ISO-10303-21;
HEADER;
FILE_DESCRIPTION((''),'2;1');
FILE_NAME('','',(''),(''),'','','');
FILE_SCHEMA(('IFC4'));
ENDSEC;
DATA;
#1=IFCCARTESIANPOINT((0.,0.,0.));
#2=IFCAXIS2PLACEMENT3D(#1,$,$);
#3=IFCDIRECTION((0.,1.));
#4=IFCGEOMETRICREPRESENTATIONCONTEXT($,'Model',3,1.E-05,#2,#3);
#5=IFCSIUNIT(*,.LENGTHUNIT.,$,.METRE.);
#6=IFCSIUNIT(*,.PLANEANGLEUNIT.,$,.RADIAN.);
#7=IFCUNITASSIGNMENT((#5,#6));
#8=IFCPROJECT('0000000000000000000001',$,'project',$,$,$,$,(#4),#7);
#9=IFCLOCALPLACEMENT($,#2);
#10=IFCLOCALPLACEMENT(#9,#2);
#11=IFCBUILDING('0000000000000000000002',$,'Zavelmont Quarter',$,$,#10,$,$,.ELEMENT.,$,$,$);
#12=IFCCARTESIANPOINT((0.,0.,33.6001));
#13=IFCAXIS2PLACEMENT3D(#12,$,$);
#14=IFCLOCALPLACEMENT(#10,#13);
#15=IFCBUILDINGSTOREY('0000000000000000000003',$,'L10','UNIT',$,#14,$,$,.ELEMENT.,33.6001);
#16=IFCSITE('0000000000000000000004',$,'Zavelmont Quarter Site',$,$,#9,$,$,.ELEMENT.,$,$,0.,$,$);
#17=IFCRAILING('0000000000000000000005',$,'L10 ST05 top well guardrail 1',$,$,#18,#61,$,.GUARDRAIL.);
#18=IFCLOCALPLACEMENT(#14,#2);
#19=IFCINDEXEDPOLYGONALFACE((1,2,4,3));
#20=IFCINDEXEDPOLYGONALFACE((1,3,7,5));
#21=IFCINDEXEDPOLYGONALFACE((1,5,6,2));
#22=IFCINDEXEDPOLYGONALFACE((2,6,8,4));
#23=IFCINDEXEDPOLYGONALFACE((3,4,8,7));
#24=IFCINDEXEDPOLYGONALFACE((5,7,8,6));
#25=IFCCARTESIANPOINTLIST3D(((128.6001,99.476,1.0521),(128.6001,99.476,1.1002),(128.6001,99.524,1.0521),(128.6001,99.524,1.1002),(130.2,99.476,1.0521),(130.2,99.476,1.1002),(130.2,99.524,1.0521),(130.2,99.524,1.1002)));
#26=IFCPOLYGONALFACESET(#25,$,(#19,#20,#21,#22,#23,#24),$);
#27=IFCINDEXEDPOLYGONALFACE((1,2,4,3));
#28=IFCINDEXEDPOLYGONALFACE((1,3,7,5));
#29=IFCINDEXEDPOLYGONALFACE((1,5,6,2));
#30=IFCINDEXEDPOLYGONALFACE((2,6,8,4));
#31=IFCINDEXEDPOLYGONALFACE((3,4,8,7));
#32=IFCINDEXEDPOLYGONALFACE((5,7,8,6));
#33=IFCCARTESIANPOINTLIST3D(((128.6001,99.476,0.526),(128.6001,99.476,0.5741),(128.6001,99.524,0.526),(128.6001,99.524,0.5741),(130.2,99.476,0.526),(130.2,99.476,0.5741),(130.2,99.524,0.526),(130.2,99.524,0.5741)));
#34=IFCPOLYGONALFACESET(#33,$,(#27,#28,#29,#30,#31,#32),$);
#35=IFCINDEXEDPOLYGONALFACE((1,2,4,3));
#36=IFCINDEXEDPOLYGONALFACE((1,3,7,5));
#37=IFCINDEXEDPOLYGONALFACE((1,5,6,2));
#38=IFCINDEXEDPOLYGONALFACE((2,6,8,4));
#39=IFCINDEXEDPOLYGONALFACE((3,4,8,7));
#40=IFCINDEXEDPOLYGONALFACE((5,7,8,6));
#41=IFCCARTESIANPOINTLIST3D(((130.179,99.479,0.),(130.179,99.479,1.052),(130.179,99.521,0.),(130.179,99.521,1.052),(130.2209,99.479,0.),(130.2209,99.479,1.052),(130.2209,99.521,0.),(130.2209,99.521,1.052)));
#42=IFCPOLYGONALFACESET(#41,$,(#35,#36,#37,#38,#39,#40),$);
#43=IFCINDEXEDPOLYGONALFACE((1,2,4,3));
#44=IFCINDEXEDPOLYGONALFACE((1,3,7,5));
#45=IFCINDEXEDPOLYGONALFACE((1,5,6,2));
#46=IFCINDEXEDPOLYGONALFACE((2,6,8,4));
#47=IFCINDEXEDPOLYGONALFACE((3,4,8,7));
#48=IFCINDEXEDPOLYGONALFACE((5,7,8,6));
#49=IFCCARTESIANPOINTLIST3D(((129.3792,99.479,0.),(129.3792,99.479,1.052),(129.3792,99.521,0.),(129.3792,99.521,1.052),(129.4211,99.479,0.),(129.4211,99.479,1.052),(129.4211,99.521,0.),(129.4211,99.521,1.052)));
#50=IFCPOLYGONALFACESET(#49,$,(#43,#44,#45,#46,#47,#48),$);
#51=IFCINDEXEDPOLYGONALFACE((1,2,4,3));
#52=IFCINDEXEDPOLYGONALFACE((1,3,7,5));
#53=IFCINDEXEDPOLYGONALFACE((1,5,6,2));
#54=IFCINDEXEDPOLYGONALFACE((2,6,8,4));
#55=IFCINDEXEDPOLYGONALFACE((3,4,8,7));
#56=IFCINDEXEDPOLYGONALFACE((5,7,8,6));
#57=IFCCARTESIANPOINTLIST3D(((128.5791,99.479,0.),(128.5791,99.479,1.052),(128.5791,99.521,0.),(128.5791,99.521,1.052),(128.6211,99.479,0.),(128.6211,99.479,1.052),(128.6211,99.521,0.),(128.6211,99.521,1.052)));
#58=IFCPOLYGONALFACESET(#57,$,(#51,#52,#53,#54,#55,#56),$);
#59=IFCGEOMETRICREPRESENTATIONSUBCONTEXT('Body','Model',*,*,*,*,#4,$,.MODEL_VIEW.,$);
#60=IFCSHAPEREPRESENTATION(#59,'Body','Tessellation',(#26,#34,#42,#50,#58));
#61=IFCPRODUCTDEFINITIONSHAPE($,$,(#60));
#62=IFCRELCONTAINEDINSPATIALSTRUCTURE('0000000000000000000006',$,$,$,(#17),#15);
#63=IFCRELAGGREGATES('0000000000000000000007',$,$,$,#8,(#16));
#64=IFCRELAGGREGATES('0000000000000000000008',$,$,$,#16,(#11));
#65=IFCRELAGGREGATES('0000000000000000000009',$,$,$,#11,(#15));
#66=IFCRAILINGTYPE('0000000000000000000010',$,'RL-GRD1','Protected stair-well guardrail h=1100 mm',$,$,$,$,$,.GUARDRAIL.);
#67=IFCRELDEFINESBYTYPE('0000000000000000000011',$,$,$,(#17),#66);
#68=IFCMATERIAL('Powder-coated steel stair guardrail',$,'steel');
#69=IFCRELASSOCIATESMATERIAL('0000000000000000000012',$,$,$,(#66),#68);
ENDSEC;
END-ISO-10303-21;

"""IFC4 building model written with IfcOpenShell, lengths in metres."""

from ifc_helpers import new_model, si_unit, direction, frame, origin, origin_2d, place, context, subcontext, project, spatial, rectangle, extrude, material, type_object, element, save


model = new_model("IFC4")

# Units and contexts
model_context = context("Model", 3, precision=1e-05, world=origin(), true_north=direction((0.0, 1.0)))
body_context = subcontext(model_context, "Body", "Model", "MODEL_VIEW")
ifc_project = project(units=[si_unit("LENGTHUNIT", "METRE"), si_unit("PLANEANGLEUNIT", "RADIAN")], contexts=[model_context])

# Site, building, storey
site_placement = place(None, origin())
site = spatial("IfcSite", under=ifc_project, at=site_placement, Name="Zavelmont Quarter Site", CompositionType="ELEMENT", RefElevation=0.0)
building_placement = place(site_placement, origin())
building = spatial("IfcBuilding", under=site, at=building_placement, Name="Zavelmont Quarter", CompositionType="ELEMENT")
storey_placement = place(building_placement, frame((0.0, 0.0, 33.6001)))
storey = spatial("IfcBuildingStorey", under=building, at=storey_placement, Name="L10", Description="UNIT", CompositionType="ELEMENT", Elevation=33.6001)

# Railing
ifc_material_1 = material(Name="Powder-coated steel stair guardrail", Category="steel")
railing_type = type_object("IfcRailingType", Name="RL-GRD1", Description="Protected stair-well guardrail h=1100 mm", PredefinedType="GUARDRAIL", material=ifc_material_1)
railing_placement = place(storey_placement, frame((130.2, 99.5, 0.0)))
element("IfcRailing", 1, at=railing_placement, inside=storey, type_object=railing_type, Name="L10 ST05 top well guardrail 1", PredefinedType="GUARDRAIL", context=body_context, shape_type="SweptSolid", body=[
    extrude(rectangle(XDim=0.0481, YDim=0.0481, at=origin_2d()), frame((0.0, 0.0, 1.0762), z_axis=(-1.0, 0.0, 0.0), x_axis=(0.0, -1.0, 0.0)), (0.0, 0.0, 1.0), 1.5999),
    extrude(rectangle(XDim=0.0481, YDim=0.0481, at=origin_2d()), frame((0.0, 0.0, 0.55), z_axis=(-1.0, 0.0, 0.0), x_axis=(0.0, -1.0, 0.0)), (0.0, 0.0, 1.0), 1.5999),
    extrude(rectangle(XDim=0.042, YDim=0.042, at=origin_2d()), origin(), (0.0, 0.0, 1.0), 1.052),
    extrude(rectangle(XDim=0.042, YDim=0.042, at=origin_2d()), frame((-0.7998, 0.0, 0.0)), (0.0, 0.0, 1.0), 1.052),
    extrude(rectangle(XDim=0.042, YDim=0.042, at=origin_2d()), frame((-1.5999, 0.0, 0.0)), (0.0, 0.0, 1.0), 1.052),
])

save(model, "model.ifc")
